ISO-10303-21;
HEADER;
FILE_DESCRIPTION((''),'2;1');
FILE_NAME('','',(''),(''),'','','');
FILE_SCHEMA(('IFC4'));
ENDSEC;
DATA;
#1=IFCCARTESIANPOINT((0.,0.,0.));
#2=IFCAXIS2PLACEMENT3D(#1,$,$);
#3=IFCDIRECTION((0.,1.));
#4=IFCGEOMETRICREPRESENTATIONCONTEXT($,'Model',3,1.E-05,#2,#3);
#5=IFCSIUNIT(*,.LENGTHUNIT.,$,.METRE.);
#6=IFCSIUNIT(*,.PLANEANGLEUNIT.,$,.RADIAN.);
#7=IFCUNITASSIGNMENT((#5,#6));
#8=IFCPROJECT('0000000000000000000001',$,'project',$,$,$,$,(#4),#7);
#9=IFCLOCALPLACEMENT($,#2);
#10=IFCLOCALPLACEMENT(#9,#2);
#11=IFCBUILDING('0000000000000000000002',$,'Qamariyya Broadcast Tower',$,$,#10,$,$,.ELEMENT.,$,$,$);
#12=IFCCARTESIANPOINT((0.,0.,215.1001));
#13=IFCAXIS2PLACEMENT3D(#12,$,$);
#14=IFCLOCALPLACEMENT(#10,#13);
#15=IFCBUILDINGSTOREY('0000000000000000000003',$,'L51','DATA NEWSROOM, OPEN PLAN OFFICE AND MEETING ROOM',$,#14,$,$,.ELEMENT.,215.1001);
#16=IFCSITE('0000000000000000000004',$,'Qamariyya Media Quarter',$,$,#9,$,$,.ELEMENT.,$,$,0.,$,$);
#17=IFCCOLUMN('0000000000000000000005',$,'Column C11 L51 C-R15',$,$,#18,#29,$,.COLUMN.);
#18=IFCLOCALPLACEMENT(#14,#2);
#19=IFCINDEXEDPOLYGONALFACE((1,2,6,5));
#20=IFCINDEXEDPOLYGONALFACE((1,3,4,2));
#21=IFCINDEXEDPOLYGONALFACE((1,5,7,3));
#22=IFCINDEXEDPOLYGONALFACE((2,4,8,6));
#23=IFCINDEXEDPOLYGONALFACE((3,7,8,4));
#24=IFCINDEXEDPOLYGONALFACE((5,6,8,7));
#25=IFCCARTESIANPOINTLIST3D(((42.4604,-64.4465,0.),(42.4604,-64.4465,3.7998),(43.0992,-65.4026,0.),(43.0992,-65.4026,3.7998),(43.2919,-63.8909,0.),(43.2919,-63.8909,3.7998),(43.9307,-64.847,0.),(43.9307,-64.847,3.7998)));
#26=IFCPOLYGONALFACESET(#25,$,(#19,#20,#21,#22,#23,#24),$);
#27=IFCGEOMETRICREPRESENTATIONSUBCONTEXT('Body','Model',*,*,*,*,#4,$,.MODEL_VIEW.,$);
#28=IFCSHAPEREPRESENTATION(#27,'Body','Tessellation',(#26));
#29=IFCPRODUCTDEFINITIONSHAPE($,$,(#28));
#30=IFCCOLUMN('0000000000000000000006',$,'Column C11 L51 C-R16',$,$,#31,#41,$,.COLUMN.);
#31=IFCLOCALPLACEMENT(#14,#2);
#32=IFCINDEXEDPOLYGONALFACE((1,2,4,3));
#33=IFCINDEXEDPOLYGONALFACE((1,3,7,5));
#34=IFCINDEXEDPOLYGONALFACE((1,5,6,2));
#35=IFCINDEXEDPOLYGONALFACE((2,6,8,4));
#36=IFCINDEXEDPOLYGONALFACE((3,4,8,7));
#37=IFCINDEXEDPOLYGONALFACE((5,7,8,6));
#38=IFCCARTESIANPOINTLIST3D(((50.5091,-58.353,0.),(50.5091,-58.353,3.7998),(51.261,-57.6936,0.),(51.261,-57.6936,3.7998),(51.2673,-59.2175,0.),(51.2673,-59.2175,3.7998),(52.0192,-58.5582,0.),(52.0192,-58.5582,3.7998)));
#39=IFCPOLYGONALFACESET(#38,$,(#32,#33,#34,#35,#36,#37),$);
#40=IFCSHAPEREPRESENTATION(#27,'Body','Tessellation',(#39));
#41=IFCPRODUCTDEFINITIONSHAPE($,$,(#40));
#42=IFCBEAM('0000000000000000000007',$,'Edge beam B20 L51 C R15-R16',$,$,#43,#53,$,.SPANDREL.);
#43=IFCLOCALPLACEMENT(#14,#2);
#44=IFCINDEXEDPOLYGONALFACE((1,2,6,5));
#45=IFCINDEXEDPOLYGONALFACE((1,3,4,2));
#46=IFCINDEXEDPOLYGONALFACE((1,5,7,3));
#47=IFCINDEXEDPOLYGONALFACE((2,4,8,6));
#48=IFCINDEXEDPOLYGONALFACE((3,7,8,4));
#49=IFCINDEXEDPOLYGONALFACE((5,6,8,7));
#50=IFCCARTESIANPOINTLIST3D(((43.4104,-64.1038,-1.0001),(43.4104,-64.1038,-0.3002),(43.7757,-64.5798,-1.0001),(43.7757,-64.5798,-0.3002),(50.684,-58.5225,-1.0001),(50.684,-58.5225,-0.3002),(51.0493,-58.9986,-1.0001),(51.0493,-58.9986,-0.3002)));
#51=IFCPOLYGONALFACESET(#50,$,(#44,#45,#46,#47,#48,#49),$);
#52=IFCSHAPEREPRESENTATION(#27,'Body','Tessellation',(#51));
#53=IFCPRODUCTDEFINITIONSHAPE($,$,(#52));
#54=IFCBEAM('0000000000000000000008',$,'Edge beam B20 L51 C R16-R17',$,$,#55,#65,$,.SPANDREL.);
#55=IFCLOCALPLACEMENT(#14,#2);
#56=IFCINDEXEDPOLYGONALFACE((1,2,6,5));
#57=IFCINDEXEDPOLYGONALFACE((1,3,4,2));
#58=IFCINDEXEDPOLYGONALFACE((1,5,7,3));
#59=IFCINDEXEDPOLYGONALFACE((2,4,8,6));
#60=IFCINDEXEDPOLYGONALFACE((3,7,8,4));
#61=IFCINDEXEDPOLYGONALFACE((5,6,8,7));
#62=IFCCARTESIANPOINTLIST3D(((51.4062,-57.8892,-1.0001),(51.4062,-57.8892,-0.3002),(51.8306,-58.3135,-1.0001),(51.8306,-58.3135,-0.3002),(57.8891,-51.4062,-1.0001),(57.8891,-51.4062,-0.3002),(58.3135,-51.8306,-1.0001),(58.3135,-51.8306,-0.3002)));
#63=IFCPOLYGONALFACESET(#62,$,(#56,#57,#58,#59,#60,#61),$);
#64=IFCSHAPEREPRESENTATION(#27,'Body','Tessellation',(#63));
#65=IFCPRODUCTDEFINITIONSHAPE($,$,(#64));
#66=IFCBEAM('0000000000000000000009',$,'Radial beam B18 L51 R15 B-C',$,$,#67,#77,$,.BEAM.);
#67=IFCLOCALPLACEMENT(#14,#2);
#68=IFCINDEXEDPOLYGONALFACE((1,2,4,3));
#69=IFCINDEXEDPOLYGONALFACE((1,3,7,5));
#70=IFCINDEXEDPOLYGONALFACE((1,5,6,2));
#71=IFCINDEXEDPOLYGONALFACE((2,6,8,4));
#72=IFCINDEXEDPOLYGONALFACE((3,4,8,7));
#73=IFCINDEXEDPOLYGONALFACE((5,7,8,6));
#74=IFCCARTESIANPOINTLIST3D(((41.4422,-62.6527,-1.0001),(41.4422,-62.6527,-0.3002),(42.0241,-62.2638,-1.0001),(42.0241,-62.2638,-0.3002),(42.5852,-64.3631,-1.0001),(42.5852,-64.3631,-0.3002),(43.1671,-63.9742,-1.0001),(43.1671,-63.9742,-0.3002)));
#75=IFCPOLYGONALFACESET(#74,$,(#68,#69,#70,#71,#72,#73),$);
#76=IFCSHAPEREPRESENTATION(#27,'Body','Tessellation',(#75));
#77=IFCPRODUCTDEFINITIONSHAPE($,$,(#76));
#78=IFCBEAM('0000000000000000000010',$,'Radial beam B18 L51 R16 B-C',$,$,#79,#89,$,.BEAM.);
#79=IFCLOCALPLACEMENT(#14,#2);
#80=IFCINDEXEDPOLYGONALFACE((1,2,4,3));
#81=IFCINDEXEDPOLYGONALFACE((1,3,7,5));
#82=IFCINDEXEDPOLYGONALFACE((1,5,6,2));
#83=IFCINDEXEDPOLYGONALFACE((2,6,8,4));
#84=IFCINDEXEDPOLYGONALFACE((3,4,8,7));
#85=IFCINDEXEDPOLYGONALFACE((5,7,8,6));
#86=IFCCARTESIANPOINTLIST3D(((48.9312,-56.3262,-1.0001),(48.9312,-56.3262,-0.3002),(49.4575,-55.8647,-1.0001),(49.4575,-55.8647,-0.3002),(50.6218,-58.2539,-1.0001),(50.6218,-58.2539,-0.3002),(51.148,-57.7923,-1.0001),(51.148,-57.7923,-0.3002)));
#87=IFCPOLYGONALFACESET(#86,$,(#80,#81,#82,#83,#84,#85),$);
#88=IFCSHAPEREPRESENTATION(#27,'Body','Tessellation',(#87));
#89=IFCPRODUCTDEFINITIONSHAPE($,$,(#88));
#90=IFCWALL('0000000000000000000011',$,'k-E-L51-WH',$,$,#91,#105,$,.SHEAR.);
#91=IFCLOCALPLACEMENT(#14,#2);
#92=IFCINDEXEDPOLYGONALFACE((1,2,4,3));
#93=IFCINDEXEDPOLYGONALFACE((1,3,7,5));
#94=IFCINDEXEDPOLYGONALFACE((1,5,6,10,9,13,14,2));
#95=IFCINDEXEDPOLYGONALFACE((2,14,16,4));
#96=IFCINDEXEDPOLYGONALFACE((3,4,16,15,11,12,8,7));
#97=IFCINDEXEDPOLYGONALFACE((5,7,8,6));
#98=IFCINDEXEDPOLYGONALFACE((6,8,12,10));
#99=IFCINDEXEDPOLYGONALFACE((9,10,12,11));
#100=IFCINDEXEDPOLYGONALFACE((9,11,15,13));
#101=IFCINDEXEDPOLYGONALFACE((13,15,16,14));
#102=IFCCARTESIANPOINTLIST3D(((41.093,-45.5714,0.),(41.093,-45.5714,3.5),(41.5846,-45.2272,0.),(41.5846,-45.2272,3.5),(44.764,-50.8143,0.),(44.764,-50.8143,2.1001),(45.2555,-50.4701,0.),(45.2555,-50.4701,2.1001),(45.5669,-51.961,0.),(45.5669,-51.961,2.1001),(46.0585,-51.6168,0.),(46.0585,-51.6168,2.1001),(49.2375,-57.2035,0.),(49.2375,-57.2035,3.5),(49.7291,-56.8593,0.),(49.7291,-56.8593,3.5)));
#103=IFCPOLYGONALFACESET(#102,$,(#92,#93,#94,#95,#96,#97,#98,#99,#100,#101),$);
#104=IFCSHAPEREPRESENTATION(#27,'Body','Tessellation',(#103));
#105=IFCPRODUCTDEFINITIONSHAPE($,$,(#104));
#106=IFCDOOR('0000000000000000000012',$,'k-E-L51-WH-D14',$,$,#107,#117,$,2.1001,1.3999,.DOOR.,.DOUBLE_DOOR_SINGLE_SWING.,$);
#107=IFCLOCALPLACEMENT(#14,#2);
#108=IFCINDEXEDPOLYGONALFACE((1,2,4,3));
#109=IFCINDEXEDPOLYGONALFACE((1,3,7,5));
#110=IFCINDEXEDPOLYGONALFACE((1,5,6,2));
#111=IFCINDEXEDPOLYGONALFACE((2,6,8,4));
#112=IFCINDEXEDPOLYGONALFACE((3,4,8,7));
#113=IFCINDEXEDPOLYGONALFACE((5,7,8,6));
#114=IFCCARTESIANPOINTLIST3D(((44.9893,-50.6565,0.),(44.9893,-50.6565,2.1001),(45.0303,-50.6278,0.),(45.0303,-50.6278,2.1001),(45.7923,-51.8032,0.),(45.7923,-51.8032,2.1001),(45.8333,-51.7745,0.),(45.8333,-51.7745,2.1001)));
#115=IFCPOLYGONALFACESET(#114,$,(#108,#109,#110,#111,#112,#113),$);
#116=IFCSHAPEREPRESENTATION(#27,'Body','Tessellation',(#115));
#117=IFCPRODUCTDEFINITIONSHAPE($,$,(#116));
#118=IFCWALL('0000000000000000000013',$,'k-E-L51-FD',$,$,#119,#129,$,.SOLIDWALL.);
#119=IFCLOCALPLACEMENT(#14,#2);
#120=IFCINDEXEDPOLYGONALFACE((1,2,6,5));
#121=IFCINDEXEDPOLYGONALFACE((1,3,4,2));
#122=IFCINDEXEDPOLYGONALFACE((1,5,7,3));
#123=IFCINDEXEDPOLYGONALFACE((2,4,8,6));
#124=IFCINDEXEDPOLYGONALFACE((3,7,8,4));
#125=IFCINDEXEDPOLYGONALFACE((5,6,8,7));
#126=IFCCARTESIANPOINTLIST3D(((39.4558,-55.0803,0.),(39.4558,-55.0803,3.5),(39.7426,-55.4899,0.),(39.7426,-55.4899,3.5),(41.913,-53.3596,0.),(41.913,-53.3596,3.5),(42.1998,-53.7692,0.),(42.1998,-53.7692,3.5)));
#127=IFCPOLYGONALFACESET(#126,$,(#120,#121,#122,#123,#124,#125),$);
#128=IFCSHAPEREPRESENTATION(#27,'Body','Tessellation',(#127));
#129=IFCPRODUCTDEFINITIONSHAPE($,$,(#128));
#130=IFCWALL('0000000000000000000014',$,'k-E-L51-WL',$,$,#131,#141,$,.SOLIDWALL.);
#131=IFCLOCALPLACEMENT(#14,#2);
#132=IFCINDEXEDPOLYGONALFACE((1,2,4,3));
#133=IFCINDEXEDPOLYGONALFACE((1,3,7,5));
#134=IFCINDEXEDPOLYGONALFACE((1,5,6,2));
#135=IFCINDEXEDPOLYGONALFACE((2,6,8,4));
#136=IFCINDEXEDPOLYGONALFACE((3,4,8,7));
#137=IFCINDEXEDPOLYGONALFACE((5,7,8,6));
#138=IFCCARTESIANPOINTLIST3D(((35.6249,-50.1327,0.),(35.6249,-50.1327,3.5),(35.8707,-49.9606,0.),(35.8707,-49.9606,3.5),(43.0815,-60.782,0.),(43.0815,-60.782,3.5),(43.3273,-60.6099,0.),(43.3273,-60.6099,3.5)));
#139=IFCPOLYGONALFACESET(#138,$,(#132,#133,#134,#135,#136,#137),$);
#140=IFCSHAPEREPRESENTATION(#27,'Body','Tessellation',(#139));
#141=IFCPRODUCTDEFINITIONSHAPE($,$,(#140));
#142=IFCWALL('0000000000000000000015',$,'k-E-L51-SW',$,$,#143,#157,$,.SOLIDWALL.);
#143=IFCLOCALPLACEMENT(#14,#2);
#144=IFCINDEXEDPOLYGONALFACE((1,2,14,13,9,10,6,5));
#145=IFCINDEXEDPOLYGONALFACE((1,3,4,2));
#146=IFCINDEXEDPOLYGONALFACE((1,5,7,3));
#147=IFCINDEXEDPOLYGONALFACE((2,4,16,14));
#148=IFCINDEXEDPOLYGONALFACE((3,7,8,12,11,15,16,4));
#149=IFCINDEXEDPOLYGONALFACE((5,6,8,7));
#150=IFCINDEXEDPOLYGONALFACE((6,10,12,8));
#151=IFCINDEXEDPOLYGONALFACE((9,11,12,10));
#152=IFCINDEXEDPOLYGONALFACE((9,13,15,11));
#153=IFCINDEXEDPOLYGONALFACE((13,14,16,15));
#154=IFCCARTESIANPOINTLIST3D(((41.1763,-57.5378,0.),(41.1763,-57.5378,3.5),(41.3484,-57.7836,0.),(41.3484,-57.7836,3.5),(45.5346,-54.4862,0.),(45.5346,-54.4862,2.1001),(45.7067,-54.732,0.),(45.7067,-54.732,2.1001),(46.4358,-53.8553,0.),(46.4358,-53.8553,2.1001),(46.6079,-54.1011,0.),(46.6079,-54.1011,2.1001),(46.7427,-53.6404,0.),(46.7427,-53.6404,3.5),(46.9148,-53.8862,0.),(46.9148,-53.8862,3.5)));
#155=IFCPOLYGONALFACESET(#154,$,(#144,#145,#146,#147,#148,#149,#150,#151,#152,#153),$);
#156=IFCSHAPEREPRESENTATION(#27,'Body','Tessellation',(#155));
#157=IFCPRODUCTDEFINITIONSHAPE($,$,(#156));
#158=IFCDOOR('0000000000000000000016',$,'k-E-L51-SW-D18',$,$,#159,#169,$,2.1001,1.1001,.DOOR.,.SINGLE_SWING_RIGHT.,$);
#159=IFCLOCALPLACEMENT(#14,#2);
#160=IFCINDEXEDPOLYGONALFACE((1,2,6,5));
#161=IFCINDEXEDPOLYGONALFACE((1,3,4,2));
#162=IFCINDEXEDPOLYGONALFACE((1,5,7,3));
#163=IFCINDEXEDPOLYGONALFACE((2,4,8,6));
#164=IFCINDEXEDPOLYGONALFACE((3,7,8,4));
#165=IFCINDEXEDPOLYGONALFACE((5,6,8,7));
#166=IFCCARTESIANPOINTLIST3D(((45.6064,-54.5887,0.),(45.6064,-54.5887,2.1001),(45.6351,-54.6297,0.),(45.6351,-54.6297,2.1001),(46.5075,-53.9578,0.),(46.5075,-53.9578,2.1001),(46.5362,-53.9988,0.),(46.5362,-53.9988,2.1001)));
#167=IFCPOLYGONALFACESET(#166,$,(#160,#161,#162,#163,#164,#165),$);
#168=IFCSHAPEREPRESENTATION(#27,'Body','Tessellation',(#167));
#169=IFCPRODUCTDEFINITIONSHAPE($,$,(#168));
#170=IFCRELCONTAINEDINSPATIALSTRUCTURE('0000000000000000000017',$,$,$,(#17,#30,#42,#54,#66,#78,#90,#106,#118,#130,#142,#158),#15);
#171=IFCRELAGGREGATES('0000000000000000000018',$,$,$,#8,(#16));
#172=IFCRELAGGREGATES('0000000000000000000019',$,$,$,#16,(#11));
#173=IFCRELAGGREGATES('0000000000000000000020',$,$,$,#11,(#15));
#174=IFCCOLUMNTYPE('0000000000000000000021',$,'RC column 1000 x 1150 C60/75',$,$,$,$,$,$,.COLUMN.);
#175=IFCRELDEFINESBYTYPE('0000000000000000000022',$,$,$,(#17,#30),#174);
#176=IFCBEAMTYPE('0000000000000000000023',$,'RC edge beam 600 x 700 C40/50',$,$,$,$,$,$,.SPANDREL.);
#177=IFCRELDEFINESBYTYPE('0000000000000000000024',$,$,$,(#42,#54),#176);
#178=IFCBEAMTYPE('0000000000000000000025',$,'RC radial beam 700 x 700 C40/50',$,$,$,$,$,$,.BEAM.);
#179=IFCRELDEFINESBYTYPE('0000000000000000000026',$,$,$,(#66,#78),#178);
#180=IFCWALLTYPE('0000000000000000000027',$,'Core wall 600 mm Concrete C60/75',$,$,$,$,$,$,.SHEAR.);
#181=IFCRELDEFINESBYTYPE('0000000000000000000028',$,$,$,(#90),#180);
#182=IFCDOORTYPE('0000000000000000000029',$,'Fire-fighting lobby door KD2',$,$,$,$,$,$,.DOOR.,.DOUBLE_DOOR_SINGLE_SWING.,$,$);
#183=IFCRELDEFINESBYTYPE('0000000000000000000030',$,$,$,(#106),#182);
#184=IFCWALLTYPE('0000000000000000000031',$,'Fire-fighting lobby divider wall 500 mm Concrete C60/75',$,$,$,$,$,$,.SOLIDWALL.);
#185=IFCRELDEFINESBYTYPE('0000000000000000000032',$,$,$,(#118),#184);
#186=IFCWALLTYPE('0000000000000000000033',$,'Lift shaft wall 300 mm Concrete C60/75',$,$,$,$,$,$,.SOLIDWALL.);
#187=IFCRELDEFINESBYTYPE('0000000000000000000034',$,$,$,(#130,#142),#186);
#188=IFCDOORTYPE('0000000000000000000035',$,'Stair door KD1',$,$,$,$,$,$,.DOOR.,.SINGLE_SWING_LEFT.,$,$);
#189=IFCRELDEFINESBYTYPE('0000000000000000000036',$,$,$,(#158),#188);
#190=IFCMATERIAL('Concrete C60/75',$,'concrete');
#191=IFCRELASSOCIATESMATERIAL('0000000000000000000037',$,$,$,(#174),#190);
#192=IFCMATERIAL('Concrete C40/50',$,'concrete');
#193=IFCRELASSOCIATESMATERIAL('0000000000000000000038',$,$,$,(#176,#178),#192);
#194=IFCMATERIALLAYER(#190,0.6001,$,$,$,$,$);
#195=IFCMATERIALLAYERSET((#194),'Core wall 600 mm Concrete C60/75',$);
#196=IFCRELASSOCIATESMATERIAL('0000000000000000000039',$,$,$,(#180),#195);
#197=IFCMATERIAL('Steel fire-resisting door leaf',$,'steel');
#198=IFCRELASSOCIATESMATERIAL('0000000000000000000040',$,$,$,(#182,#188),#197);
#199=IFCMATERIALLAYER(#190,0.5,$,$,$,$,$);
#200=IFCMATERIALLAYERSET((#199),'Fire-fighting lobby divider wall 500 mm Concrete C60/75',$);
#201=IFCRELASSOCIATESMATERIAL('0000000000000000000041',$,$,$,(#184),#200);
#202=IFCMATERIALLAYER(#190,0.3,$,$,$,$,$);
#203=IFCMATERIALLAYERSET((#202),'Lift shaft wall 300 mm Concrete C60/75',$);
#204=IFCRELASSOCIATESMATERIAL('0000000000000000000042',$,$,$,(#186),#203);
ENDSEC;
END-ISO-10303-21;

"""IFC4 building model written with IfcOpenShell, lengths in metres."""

from ifc_helpers import new_model, si_unit, direction, frame, frame_2d, origin, origin_2d, place, context, subcontext, project, spatial, rectangle, extrude, material, layer, layer_set, material_profile, profile_set, type_object, element, fill, save


model = new_model("IFC4")

# Units and contexts
model_context = context("Model", 3, precision=1e-05, world=origin(), true_north=direction((0.0, 1.0)))
body_context = subcontext(model_context, "Body", "Model", "MODEL_VIEW")
ifc_project = project(units=[si_unit("LENGTHUNIT", "METRE"), si_unit("PLANEANGLEUNIT", "RADIAN")], contexts=[model_context])

# Site, building, storey
site_placement = place(None, origin())
site = spatial("IfcSite", under=ifc_project, at=site_placement, Name="Qamariyya Media Quarter", CompositionType="ELEMENT", RefElevation=0.0)
building_placement = place(site_placement, origin())
building = spatial("IfcBuilding", under=site, at=building_placement, Name="Qamariyya Broadcast Tower", CompositionType="ELEMENT")
storey_placement = place(building_placement, frame((0.0, 0.0, 215.1001)))
storey = spatial("IfcBuildingStorey", under=building, at=storey_placement, Name="L51", Description="DATA NEWSROOM, OPEN PLAN OFFICE AND MEETING ROOM", CompositionType="ELEMENT", Elevation=215.1001)

# Columns
ifc_material_1 = material(Name="Concrete C60/75", Category="concrete")
ifc_material_profile_1 = material_profile(ifc_material_1, rectangle(XDim=1.0, YDim=1.1499, at=origin_2d()))
ifc_profile_set_1 = profile_set([ifc_material_profile_1], Name="Concrete C60/75")
column_type = type_object("IfcColumnType", Name="RC column 1000 x 1150 C60/75", PredefinedType="COLUMN", material=ifc_profile_set_1)
for number, where, z_axis, x_axis, name in (
    (1, (43.1956, -64.6467, 0.0), (0.0, 0.0, 1.0), (0.83147, 0.55557, 0.0), "Column C11 L51 C-R15"),
    (2, (51.2642, -58.4556, 0.0), (0.0, 0.0, 1.0), (0.75184, 0.659346, 0.0), "Column C11 L51 C-R16"),
):
    element("IfcColumn", number, at=place(storey_placement, frame(where, z_axis=z_axis, x_axis=x_axis)), inside=storey, type_object=column_type, Name=name, PredefinedType="COLUMN", context=body_context, shape_type="SweptSolid", body=[
        extrude(rectangle(XDim=1.0, YDim=1.1499, at=origin_2d()), origin(), (0.0, 0.0, 1.0), 3.7998),
    ])

# Beams
ifc_material_2 = material(Name="Concrete C40/50", Category="concrete")
ifc_material_profile_2 = material_profile(ifc_material_2, rectangle(XDim=0.6001, YDim=0.7, at=origin_2d()))
ifc_profile_set_2 = profile_set([ifc_material_profile_2], Name="Concrete C40/50")
beam_type_1 = type_object("IfcBeamType", Name="RC edge beam 600 x 700 C40/50", PredefinedType="SPANDREL", material=ifc_profile_set_2)
for number, where, z_axis, x_axis, name in (
    (3, (43.593, -64.3418, -0.6501), (0.793353, 0.608762, 0.0), (-0.608762, 0.793353, 0.0), "Edge beam B20 L51 C R15-R16"),
    (4, (51.6184, -58.1013, -0.6501), (0.707107, 0.707107, 0.0), (-0.707107, 0.707107, 0.0), "Edge beam B20 L51 C R16-R17"),
):
    element("IfcBeam", number, at=place(storey_placement, frame(where, z_axis=z_axis, x_axis=x_axis)), inside=storey, type_object=beam_type_1, Name=name, PredefinedType="SPANDREL", context=body_context, shape_type="SweptSolid", body=[
        extrude(rectangle(XDim=0.6001, YDim=0.7, at=origin_2d()), origin(), (0.0, 0.0, 1.0), 9.1682),
    ])
ifc_material_profile_3 = material_profile(ifc_material_2, rectangle(XDim=0.7, YDim=0.7, at=origin_2d()))
ifc_profile_set_3 = profile_set([ifc_material_profile_3], Name="Concrete C40/50")
beam_type_2 = type_object("IfcBeamType", Name="RC radial beam 700 x 700 C40/50", PredefinedType="BEAM", material=ifc_profile_set_3)
beam_1_placement = place(storey_placement, frame((41.7332, -62.4583, -0.6501), z_axis=(0.555631, -0.831429, 0.0), x_axis=(0.831429, 0.555631, 0.0)))
element("IfcBeam", 5, at=beam_1_placement, inside=storey, type_object=beam_type_2, Name="Radial beam B18 L51 R15 B-C", PredefinedType="BEAM", context=body_context, shape_type="SweptSolid", body=[
    extrude(rectangle(XDim=0.7, YDim=0.7, at=origin_2d()), origin(), (0.0, 0.0, 1.0), 2.0571),
])
beam_2_placement = place(storey_placement, frame((49.1943, -56.0955, -0.6501), z_axis=(0.659367, -0.751821, 0.0), x_axis=(0.751821, 0.659367, 0.0)))
element("IfcBeam", 6, at=beam_2_placement, inside=storey, type_object=beam_type_2, Name="Radial beam B18 L51 R16 B-C", PredefinedType="BEAM", context=body_context, shape_type="SweptSolid", body=[
    extrude(rectangle(XDim=0.7, YDim=0.7, at=origin_2d()), origin(), (0.0, 0.0, 1.0), 2.564),
])

# Wall, opening, door
ifc_layer_1 = layer(ifc_material_1, 0.6001)
ifc_layer_set_1 = layer_set([ifc_layer_1], Name="Core wall 600 mm Concrete C60/75")
wall_type_1 = type_object("IfcWallType", Name="Core wall 600 mm Concrete C60/75", PredefinedType="SHEAR", material=ifc_layer_set_1)
wall_1_placement = place(storey_placement, frame((49.4834, -57.0315, 0.0), z_axis=(0.0, 0.0, 1.0), x_axis=(-0.57356, 0.819163, 0.0)))
wall_1 = element("IfcWall", 7, at=wall_1_placement, inside=storey, type_object=wall_type_1, Name="k-E-L51-WH", PredefinedType="SHEAR", context=body_context, shape_type="SweptSolid", body=[
    extrude(rectangle(XDim=14.2, YDim=0.6001, at=frame_2d((7.1001, 0.0))), origin(), (0.0, 0.0, 1.0), 3.5),
])
opening_1_placement = place(wall_1_placement, frame((6.3999, 0.0, 0.0)))
opening_1 = element("IfcOpeningElement", 8, at=opening_1_placement, cuts=wall_1, PredefinedType="OPENING", context=body_context, shape_type="SweptSolid", body=[
    extrude(rectangle(XDim=1.3999, YDim=2.1001, at=frame_2d((0.7, 1.05))), frame((0.0, 0.3101, 0.0), z_axis=(0.0, -1.0, 0.0), x_axis=(1.0, 0.0, 0.0)), (0.0, 0.0, 1.0), 0.6201),
])
ifc_material_3 = material(Name="Steel fire-resisting door leaf", Category="steel")
door_type_1 = type_object("IfcDoorType", Name="Fire-fighting lobby door KD2", OperationType="DOUBLE_DOOR_SINGLE_SWING", PredefinedType="DOOR", material=ifc_material_3)
door_1_placement = place(opening_1_placement, origin())
door_1 = element("IfcDoor", 9, at=door_1_placement, inside=storey, type_object=door_type_1, Name="k-E-L51-WH-D14", OperationType="DOUBLE_DOOR_SINGLE_SWING", OverallHeight=2.1001, OverallWidth=1.3999, PredefinedType="DOOR", context=body_context, shape_type="SweptSolid", body=[
    extrude(rectangle(XDim=1.3999, YDim=2.1001, at=frame_2d((0.7, 1.05))), frame((0.0, 0.0249, 0.0), z_axis=(0.0, -1.0, 0.0), x_axis=(1.0, 0.0, 0.0)), (0.0, 0.0, 1.0), 0.05),
])
fill(opening_1, door_1)

# Walls
ifc_layer_2 = layer(ifc_material_1, 0.5)
ifc_layer_set_2 = layer_set([ifc_layer_2], Name="Fire-fighting lobby divider wall 500 mm Concrete C60/75")
wall_type_2 = type_object("IfcWallType", Name="Fire-fighting lobby divider wall 500 mm Concrete C60/75", PredefinedType="SOLIDWALL", material=ifc_layer_set_2)
wall_2_placement = place(storey_placement, frame((39.5991, -55.2852, 0.0), z_axis=(0.0, 0.0, 1.0), x_axis=(0.819136, 0.573599, 0.0)))
element("IfcWall", 10, at=wall_2_placement, inside=storey, type_object=wall_type_2, Name="k-E-L51-FD", PredefinedType="SOLIDWALL", context=body_context, shape_type="SweptSolid", body=[
    extrude(rectangle(XDim=2.9998, YDim=0.5, at=frame_2d((1.5, 0.0))), origin(), (0.0, 0.0, 1.0), 3.5),
])
ifc_layer_3 = layer(ifc_material_1, 0.3)
ifc_layer_set_3 = layer_set([ifc_layer_3], Name="Lift shaft wall 300 mm Concrete C60/75")
wall_type_3 = type_object("IfcWallType", Name="Lift shaft wall 300 mm Concrete C60/75", PredefinedType="SOLIDWALL", material=ifc_layer_set_3)
wall_3_placement = place(storey_placement, frame((43.2043, -60.6958, 0.0), z_axis=(0.0, 0.0, 1.0), x_axis=(-0.573572, 0.819155, 0.0)))
element("IfcWall", 11, at=wall_3_placement, inside=storey, type_object=wall_type_3, Name="k-E-L51-WL", PredefinedType="SOLIDWALL", context=body_context, shape_type="SweptSolid", body=[
    extrude(rectangle(XDim=13.0002, YDim=0.3, at=frame_2d((6.5, 0.0))), origin(), (0.0, 0.0, 1.0), 3.5),
])

# Wall, opening, door
wall_4_placement = place(storey_placement, frame((41.2625, -57.6606, 0.0), z_axis=(0.0, 0.0, 1.0), x_axis=(0.819164, 0.573559, 0.0)))
wall_4 = element("IfcWall", 12, at=wall_4_placement, inside=storey, type_object=wall_type_3, Name="k-E-L51-SW", PredefinedType="SOLIDWALL", context=body_context, shape_type="SweptSolid", body=[
    extrude(rectangle(XDim=6.7952, YDim=0.3, at=frame_2d((3.3975, 0.0))), origin(), (0.0, 0.0, 1.0), 3.5),
])
opening_2_placement = place(wall_4_placement, frame((5.3203, 0.0, 0.0)))
opening_2 = element("IfcOpeningElement", 13, at=opening_2_placement, cuts=wall_4, PredefinedType="OPENING", context=body_context, shape_type="SweptSolid", body=[
    extrude(rectangle(XDim=1.1001, YDim=2.1001, at=frame_2d((0.55, 1.05))), frame((0.0, 0.1599, 0.0), z_axis=(0.0, -1.0, 0.0), x_axis=(1.0, 0.0, 0.0)), (0.0, 0.0, 1.0), 0.3201),
])
door_type_2 = type_object("IfcDoorType", Name="Stair door KD1", OperationType="SINGLE_SWING_LEFT", PredefinedType="DOOR", material=ifc_material_3)
door_2_placement = place(opening_2_placement, origin())
door_2 = element("IfcDoor", 14, at=door_2_placement, inside=storey, type_object=door_type_2, Name="k-E-L51-SW-D18", OperationType="SINGLE_SWING_RIGHT", OverallHeight=2.1001, OverallWidth=1.1001, PredefinedType="DOOR", context=body_context, shape_type="SweptSolid", body=[
    extrude(rectangle(XDim=1.1001, YDim=2.1001, at=frame_2d((0.55, 1.05))), frame((0.0, 0.0249, 0.0), z_axis=(0.0, -1.0, 0.0), x_axis=(1.0, 0.0, 0.0)), (0.0, 0.0, 1.0), 0.05),
])
fill(opening_2, door_2)

save(model, "model.ifc")
